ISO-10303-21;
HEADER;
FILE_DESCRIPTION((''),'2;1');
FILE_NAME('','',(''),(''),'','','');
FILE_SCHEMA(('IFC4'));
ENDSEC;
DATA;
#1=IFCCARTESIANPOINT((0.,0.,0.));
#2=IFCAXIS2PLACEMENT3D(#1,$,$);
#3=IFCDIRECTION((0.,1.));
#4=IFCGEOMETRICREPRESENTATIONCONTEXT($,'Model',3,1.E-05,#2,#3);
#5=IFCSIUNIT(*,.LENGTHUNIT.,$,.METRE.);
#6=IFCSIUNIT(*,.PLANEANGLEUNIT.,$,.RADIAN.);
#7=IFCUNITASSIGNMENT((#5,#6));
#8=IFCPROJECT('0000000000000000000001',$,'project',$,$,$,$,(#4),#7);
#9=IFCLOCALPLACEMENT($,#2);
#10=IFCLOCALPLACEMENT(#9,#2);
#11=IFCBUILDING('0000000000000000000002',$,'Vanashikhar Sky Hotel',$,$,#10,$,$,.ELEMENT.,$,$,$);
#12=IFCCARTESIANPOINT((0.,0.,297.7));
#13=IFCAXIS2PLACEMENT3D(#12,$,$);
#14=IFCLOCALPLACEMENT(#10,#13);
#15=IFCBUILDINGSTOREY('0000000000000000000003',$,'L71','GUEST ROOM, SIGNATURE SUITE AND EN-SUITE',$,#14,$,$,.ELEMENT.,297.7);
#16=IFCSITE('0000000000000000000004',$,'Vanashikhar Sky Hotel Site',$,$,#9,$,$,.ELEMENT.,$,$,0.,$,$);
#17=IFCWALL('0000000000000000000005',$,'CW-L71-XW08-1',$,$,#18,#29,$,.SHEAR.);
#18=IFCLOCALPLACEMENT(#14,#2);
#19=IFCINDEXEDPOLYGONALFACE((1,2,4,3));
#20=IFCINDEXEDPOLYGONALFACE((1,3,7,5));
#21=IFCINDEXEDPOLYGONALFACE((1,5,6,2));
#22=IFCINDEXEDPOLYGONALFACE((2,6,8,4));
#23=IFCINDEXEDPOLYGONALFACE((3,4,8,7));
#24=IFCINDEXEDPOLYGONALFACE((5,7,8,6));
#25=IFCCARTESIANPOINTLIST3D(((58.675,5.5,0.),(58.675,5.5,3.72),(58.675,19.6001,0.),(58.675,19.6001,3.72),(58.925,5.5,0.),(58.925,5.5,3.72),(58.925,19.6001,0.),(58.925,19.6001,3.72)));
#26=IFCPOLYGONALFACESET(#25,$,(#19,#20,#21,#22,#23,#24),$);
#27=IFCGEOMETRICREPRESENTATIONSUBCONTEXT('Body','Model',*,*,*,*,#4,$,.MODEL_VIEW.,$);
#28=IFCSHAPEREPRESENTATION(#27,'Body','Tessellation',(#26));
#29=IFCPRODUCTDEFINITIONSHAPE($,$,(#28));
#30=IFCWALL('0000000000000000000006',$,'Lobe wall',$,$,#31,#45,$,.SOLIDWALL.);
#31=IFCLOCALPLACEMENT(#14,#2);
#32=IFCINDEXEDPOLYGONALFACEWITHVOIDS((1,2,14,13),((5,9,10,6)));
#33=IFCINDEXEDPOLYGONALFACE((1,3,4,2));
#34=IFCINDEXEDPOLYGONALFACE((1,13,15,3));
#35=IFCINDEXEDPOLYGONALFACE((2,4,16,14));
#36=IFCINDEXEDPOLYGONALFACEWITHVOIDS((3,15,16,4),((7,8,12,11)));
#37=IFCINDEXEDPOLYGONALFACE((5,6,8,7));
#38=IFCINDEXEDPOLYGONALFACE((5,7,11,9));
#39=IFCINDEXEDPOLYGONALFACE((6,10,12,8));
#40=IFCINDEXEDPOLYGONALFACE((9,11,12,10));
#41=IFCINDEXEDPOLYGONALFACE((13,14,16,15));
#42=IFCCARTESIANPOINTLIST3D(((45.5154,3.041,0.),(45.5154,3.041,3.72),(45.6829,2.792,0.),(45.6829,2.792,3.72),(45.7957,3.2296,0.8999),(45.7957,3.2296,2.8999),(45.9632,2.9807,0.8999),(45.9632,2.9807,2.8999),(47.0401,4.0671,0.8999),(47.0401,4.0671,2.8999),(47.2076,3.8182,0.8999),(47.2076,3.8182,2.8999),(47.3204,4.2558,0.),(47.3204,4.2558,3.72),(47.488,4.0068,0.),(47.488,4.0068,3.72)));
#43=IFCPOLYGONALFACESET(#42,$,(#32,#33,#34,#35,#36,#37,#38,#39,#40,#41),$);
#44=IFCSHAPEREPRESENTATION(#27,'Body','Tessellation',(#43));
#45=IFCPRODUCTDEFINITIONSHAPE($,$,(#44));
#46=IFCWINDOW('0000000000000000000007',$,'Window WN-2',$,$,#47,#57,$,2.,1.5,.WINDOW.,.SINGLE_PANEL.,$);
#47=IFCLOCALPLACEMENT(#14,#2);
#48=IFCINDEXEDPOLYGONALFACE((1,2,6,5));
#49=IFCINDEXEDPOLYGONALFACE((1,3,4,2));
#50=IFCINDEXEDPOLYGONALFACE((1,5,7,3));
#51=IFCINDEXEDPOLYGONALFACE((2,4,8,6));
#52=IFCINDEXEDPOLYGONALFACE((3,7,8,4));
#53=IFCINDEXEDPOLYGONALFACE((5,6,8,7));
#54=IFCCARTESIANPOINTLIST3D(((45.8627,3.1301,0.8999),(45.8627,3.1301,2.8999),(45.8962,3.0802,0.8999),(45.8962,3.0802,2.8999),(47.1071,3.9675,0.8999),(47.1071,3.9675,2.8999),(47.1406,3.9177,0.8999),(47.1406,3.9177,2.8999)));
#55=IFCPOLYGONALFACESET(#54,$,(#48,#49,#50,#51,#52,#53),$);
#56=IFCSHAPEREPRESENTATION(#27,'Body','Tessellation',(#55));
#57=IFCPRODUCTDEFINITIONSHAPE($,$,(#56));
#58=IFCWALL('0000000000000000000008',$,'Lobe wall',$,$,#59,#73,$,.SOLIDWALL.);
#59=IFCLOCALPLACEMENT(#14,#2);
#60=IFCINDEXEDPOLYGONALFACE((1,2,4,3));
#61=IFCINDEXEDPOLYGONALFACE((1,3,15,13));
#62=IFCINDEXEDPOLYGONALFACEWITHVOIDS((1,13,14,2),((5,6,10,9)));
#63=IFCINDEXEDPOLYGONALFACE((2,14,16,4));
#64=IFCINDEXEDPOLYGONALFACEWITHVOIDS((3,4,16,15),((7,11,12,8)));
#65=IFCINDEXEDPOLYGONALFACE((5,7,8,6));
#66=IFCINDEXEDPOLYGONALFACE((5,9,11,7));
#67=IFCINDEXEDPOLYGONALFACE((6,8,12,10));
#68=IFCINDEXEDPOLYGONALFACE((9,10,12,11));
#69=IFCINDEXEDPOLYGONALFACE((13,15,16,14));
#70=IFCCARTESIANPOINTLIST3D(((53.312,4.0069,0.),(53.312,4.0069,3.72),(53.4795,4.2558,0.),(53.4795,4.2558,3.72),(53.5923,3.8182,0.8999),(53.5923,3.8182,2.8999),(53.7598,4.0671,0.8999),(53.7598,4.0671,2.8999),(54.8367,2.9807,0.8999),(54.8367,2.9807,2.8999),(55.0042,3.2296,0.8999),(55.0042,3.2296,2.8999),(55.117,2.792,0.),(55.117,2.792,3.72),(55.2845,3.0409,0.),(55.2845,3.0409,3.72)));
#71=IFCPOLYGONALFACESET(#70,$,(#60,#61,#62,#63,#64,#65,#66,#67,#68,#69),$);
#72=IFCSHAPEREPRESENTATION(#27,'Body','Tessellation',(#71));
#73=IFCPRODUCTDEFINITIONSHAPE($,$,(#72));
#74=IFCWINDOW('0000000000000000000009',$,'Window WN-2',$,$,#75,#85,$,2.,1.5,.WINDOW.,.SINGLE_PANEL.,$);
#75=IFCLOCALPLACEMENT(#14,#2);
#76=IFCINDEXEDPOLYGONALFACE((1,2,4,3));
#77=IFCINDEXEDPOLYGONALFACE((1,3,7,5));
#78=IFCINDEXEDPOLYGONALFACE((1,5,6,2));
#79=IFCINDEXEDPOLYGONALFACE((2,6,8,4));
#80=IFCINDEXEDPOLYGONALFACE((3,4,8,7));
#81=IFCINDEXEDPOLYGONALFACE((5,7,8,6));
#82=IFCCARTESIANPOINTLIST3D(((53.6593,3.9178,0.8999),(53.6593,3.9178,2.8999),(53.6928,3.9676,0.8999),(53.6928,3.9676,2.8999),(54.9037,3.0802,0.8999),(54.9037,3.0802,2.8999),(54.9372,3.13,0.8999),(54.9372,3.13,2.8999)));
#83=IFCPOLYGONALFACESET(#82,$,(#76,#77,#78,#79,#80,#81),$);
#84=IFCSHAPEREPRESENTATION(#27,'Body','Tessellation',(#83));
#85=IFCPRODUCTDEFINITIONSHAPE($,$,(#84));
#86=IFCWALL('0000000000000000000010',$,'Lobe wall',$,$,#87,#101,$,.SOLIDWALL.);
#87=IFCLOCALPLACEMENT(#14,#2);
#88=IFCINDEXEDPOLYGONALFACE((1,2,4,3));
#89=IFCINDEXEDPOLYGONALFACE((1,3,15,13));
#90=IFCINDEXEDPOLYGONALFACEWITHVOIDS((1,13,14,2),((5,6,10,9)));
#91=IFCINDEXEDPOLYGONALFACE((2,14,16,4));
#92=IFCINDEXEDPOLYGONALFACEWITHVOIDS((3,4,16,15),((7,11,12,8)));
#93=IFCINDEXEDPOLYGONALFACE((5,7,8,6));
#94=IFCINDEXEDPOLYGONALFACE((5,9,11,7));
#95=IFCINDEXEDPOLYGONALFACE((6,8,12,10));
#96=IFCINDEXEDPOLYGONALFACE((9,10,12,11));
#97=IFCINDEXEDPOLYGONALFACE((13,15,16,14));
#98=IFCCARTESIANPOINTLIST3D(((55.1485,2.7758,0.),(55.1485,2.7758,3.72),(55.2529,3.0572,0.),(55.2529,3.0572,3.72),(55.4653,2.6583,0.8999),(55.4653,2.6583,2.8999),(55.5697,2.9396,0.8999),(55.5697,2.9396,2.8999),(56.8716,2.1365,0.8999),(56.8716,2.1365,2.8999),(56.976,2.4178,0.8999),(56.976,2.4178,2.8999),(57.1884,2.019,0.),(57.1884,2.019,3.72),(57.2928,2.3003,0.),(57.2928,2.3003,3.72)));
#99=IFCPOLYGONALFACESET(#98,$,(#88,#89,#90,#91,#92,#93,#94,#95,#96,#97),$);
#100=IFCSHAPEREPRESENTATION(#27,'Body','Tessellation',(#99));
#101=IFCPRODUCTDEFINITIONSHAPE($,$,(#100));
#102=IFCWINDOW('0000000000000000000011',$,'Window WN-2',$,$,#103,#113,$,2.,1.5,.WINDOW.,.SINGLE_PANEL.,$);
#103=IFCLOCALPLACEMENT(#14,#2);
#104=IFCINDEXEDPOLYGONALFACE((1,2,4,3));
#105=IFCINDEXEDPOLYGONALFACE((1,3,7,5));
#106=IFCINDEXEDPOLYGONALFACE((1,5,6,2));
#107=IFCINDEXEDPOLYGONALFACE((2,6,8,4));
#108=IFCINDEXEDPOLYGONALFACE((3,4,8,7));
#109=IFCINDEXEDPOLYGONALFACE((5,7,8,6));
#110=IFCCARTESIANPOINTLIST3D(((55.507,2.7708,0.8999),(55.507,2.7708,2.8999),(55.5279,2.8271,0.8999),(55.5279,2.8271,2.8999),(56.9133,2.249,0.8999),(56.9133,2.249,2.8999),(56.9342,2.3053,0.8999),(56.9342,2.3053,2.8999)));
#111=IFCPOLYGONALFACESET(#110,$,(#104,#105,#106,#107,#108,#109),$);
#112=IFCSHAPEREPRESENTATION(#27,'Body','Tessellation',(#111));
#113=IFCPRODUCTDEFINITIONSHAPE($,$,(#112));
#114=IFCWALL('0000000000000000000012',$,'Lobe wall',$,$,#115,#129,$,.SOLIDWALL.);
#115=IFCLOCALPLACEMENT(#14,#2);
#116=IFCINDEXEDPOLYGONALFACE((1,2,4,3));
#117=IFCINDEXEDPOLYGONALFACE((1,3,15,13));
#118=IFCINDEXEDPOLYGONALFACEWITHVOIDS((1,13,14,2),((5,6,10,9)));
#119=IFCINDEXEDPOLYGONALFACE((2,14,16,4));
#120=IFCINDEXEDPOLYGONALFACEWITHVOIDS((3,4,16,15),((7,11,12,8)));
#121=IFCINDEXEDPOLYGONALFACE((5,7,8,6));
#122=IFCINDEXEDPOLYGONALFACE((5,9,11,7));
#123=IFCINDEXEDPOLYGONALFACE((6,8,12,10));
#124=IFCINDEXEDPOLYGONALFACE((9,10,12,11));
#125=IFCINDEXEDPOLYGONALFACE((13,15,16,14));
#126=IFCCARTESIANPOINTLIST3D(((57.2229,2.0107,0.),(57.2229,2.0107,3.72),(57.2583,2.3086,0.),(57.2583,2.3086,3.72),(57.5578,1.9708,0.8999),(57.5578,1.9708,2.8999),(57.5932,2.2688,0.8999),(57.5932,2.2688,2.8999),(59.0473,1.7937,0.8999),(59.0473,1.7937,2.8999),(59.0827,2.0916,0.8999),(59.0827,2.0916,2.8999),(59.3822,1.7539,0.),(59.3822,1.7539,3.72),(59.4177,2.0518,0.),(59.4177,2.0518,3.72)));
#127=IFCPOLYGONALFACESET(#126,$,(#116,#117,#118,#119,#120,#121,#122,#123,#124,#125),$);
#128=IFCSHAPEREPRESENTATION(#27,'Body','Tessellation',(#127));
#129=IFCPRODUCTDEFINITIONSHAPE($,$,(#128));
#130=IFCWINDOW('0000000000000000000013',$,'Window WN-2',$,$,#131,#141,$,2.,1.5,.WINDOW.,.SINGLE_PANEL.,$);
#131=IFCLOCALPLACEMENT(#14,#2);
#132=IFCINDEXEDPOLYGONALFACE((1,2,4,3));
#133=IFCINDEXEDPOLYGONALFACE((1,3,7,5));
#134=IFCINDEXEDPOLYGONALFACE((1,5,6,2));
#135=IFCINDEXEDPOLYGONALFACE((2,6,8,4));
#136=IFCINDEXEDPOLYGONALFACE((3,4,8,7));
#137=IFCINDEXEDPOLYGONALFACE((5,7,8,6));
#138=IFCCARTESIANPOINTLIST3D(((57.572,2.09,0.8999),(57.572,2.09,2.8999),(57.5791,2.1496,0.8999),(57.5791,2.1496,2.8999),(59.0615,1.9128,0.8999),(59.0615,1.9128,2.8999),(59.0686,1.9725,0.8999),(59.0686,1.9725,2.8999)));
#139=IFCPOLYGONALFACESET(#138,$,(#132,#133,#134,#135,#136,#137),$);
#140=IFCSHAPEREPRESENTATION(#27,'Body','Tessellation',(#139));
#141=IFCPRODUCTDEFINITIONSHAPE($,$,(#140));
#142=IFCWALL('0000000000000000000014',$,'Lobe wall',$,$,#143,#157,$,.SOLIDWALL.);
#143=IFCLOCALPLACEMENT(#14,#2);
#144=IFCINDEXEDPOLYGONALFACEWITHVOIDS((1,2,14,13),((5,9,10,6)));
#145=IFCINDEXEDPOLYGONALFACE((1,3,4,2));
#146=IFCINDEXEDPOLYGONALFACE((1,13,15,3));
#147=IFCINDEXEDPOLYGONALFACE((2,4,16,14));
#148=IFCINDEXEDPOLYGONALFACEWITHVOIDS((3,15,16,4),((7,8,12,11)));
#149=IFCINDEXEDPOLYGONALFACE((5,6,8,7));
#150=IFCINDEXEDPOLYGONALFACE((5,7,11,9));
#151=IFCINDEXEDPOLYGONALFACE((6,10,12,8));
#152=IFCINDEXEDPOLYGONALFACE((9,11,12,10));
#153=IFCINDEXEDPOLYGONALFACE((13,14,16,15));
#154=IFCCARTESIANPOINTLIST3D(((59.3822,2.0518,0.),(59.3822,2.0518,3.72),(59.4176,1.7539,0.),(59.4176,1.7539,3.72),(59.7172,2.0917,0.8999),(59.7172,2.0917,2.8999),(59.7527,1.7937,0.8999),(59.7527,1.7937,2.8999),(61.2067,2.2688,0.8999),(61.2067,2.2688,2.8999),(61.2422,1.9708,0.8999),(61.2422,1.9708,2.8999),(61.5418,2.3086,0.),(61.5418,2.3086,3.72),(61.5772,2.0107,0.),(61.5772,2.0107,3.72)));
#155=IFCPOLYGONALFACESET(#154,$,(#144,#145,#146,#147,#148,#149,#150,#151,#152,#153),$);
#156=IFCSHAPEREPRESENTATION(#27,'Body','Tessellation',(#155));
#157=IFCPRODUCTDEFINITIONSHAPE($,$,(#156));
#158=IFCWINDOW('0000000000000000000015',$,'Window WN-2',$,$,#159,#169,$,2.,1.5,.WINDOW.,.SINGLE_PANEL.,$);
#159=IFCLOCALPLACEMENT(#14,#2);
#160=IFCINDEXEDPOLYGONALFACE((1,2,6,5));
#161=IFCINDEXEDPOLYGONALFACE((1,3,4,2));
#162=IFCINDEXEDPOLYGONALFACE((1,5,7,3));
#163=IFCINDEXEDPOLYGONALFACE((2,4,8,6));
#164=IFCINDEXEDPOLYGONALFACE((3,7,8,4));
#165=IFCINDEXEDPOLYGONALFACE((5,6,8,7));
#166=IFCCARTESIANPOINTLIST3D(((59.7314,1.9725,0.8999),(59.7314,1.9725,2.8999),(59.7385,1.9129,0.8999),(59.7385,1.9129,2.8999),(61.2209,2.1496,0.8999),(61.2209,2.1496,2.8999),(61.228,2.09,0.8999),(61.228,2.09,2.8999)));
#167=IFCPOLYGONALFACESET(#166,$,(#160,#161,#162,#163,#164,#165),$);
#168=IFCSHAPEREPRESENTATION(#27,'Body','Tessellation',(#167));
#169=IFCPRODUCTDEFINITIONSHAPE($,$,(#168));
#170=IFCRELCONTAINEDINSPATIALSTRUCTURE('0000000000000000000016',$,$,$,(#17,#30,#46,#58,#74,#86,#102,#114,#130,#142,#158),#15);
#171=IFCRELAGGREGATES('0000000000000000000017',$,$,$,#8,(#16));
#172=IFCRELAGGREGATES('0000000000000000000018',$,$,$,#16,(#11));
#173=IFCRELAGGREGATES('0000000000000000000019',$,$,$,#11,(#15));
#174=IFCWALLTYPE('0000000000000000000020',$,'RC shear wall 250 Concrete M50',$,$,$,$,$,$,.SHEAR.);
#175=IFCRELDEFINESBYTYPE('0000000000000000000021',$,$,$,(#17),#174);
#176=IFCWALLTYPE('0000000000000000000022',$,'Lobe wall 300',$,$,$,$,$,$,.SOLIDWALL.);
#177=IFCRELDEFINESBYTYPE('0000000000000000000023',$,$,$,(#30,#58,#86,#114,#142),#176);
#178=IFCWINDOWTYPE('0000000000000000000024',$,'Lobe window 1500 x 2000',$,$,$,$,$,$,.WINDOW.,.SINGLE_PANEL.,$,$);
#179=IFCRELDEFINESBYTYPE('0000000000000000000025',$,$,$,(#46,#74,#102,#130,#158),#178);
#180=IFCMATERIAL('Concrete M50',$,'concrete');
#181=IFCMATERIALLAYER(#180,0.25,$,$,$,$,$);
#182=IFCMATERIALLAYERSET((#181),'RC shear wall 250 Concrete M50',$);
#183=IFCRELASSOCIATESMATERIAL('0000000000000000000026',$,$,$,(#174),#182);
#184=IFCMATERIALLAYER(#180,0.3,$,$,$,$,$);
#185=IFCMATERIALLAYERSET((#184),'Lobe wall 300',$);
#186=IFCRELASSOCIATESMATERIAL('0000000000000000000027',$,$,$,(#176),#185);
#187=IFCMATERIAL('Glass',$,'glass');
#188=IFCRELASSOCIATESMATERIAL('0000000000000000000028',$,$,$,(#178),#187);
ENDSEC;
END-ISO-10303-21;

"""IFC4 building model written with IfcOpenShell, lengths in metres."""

from ifc_helpers import new_model, si_unit, direction, frame, frame_2d, origin, place, context, subcontext, project, spatial, rectangle, extrude, source, transform, mapped, material, layer, layer_set, type_object, element, fill, save


model = new_model("IFC4")

# Units and contexts
model_context = context("Model", 3, precision=1e-05, world=origin(), true_north=direction((0.0, 1.0)))
body_context = subcontext(model_context, "Body", "Model", "MODEL_VIEW")
ifc_project = project(units=[si_unit("LENGTHUNIT", "METRE"), si_unit("PLANEANGLEUNIT", "RADIAN")], contexts=[model_context])

# Site, building, storey
site_placement = place(None, origin())
site = spatial("IfcSite", under=ifc_project, at=site_placement, Name="Vanashikhar Sky Hotel Site", CompositionType="ELEMENT", RefElevation=0.0)
building_placement = place(site_placement, origin())
building = spatial("IfcBuilding", under=site, at=building_placement, Name="Vanashikhar Sky Hotel", CompositionType="ELEMENT")
storey_placement = place(building_placement, frame((0.0, 0.0, 297.7)))
storey = spatial("IfcBuildingStorey", under=building, at=storey_placement, Name="L71", Description="GUEST ROOM, SIGNATURE SUITE AND EN-SUITE", CompositionType="ELEMENT", Elevation=297.7)

# Wall
ifc_material_1 = material(Name="Concrete M50", Category="concrete")
ifc_layer_1 = layer(ifc_material_1, 0.25)
ifc_layer_set_1 = layer_set([ifc_layer_1], Name="RC shear wall 250 Concrete M50")
wall_type_1 = type_object("IfcWallType", Name="RC shear wall 250 Concrete M50", PredefinedType="SHEAR", material=ifc_layer_set_1)
shared_shape_1 = source(origin(), body_context, "Body", "SweptSolid", [
    extrude(rectangle(XDim=14.1001, YDim=0.25, at=frame_2d((7.05, 0.0))), origin(), (0.0, 0.0, 1.0), 3.72),
])
wall_1_placement = place(storey_placement, frame((58.8, 5.5, 0.0), z_axis=(0.0, 0.0, 1.0), x_axis=(0.0, 1.0, 0.0)))
element("IfcWall", 1, at=wall_1_placement, inside=storey, type_object=wall_type_1, Name="CW-L71-XW08-1", PredefinedType="SHEAR", context=body_context, shape_type="MappedRepresentation", body=[
    mapped(shared_shape_1, transform((0.0, 0.0, 0.0), scale=1.0)),
])

# Walls, openings, windows
ifc_layer_2 = layer(ifc_material_1, 0.3)
ifc_layer_set_2 = layer_set([ifc_layer_2], Name="Lobe wall 300")
wall_type_2 = type_object("IfcWallType", Name="Lobe wall 300", PredefinedType="SOLIDWALL", material=ifc_layer_set_2)
shared_shape_2 = source(origin(), body_context, "Body", "SweptSolid", [
    extrude(rectangle(XDim=2.1758, YDim=0.3, at=frame_2d((1.0879, 0.0))), origin(), (0.0, 0.0, 1.0), 3.72),
])
wall_2_placement = place(storey_placement, frame((45.5991, 2.9165, 0.0), z_axis=(0.0, 0.0, 1.0), x_axis=(0.829626, 0.55832, 0.0)))
wall_2 = element("IfcWall", 2, at=wall_2_placement, inside=storey, type_object=wall_type_2, Name="Lobe wall", PredefinedType="SOLIDWALL", context=body_context, shape_type="MappedRepresentation", body=[
    mapped(shared_shape_2, transform((0.0, 0.0, 0.0), scale=1.0)),
])
shared_shape_3 = source(origin(), body_context, "Body", "SweptSolid", [
    extrude(rectangle(XDim=1.5, YDim=2.0, at=frame_2d((0.75, 1.0))), frame((0.0, 0.1602, 0.0), z_axis=(0.0, -1.0, 0.0), x_axis=(1.0, 0.0, 0.0)), (0.0, 0.0, 1.0), 0.3201),
])
opening_1_placement = place(wall_2_placement, frame((0.3379, 0.0, 0.8999)))
opening_1 = element("IfcOpeningElement", 3, at=opening_1_placement, cuts=wall_2, PredefinedType="OPENING", context=body_context, shape_type="MappedRepresentation", body=[
    mapped(shared_shape_3, transform((0.0, 0.0, 0.0), scale=1.0)),
])
ifc_material_2 = material(Name="Glass", Category="glass")
window_type = type_object("IfcWindowType", Name="Lobe window 1500 x 2000", PartitioningType="SINGLE_PANEL", PredefinedType="WINDOW", material=ifc_material_2)
shared_shape_4 = source(origin(), body_context, "Body", "SweptSolid", [
    extrude(rectangle(XDim=1.5, YDim=2.0, at=frame_2d((0.75, 1.0))), frame((0.0, 0.03, 0.0), z_axis=(0.0, -1.0, 0.0), x_axis=(1.0, 0.0, 0.0)), (0.0, 0.0, 1.0), 0.0601),
])
window_1_placement = place(opening_1_placement, origin())
window_1 = element("IfcWindow", 4, at=window_1_placement, inside=storey, type_object=window_type, Name="Window WN-2", OverallHeight=2.0, OverallWidth=1.5, PartitioningType="SINGLE_PANEL", PredefinedType="WINDOW", context=body_context, shape_type="MappedRepresentation", body=[
    mapped(shared_shape_4, transform((0.0, 0.0, 0.0), scale=1.0)),
])
fill(opening_1, window_1)
wall_3_placement = place(storey_placement, frame((53.3958, 4.1313, 0.0), z_axis=(0.0, 0.0, 1.0), x_axis=(0.829591, -0.558372, 0.0)))
wall_3 = element("IfcWall", 5, at=wall_3_placement, inside=storey, type_object=wall_type_2, Name="Lobe wall", PredefinedType="SOLIDWALL", context=body_context, shape_type="MappedRepresentation", body=[
    mapped(shared_shape_2, transform((0.0, 0.0, 0.0), scale=1.0)),
])
opening_2_placement = place(wall_3_placement, frame((0.3379, 0.0, 0.8999)))
opening_2 = element("IfcOpeningElement", 6, at=opening_2_placement, cuts=wall_3, PredefinedType="OPENING", context=body_context, shape_type="MappedRepresentation", body=[
    mapped(shared_shape_3, transform((0.0, 0.0, 0.0), scale=1.0)),
])
window_2_placement = place(opening_2_placement, origin())
window_2 = element("IfcWindow", 7, at=window_2_placement, inside=storey, type_object=window_type, Name="Window WN-2", OverallHeight=2.0, OverallWidth=1.5, PartitioningType="SINGLE_PANEL", PredefinedType="WINDOW", context=body_context, shape_type="MappedRepresentation", body=[
    mapped(shared_shape_4, transform((0.0, 0.0, 0.0), scale=1.0)),
])
fill(opening_2, window_2)
wall_4_placement = place(storey_placement, frame((55.2007, 2.9165, 0.0), z_axis=(0.0, 0.0, 1.0), x_axis=(0.937546, -0.347863, 0.0)))
wall_4 = element("IfcWall", 8, at=wall_4_placement, inside=storey, type_object=wall_type_2, Name="Lobe wall", PredefinedType="SOLIDWALL", context=body_context, shape_type="MappedRepresentation", body=[
    mapped(shared_shape_2, transform((0.0, 0.0, 0.0), scale=1.0)),
])
opening_3_placement = place(wall_4_placement, frame((0.3379, 0.0, 0.8999)))
opening_3 = element("IfcOpeningElement", 9, at=opening_3_placement, cuts=wall_4, PredefinedType="OPENING", context=body_context, shape_type="MappedRepresentation", body=[
    mapped(shared_shape_3, transform((0.0, 0.0, 0.0), scale=1.0)),
])
window_3_placement = place(opening_3_placement, origin())
window_3 = element("IfcWindow", 10, at=window_3_placement, inside=storey, type_object=window_type, Name="Window WN-2", OverallHeight=2.0, OverallWidth=1.5, PartitioningType="SINGLE_PANEL", PredefinedType="WINDOW", context=body_context, shape_type="MappedRepresentation", body=[
    mapped(shared_shape_4, transform((0.0, 0.0, 0.0), scale=1.0)),
])
fill(opening_3, window_3)
shared_shape_5 = source(origin(), body_context, "Body", "SweptSolid", [
    extrude(rectangle(XDim=2.1746, YDim=0.3, at=frame_2d((1.0874, 0.0))), origin(), (0.0, 0.0, 1.0), 3.72),
])
wall_5_placement = place(storey_placement, frame((57.2405, 2.1597, 0.0), z_axis=(0.0, 0.0, 1.0), x_axis=(0.993001, -0.118105, 0.0)))
wall_5 = element("IfcWall", 11, at=wall_5_placement, inside=storey, type_object=wall_type_2, Name="Lobe wall", PredefinedType="SOLIDWALL", context=body_context, shape_type="MappedRepresentation", body=[
    mapped(shared_shape_5, transform((0.0, 0.0, 0.0), scale=1.0)),
])
opening_4_placement = place(wall_5_placement, frame((0.3374, 0.0, 0.8999)))
opening_4 = element("IfcOpeningElement", 12, at=opening_4_placement, cuts=wall_5, PredefinedType="OPENING", context=body_context, shape_type="MappedRepresentation", body=[
    mapped(shared_shape_3, transform((0.0, 0.0, 0.0), scale=1.0)),
])
window_4_placement = place(opening_4_placement, origin())
window_4 = element("IfcWindow", 13, at=window_4_placement, inside=storey, type_object=window_type, Name="Window WN-2", OverallHeight=2.0, OverallWidth=1.5, PartitioningType="SINGLE_PANEL", PredefinedType="WINDOW", context=body_context, shape_type="MappedRepresentation", body=[
    mapped(shared_shape_4, transform((0.0, 0.0, 0.0), scale=1.0)),
])
fill(opening_4, window_4)
shared_shape_6 = source(origin(), body_context, "Body", "SweptSolid", [
    extrude(rectangle(XDim=2.1748, YDim=0.3, at=frame_2d((1.0874, 0.0))), origin(), (0.0, 0.0, 1.0), 3.72),
])
wall_6_placement = place(storey_placement, frame((59.3999, 1.9028, 0.0), z_axis=(0.0, 0.0, 1.0), x_axis=(0.993003, 0.118092, 0.0)))
wall_6 = element("IfcWall", 14, at=wall_6_placement, inside=storey, type_object=wall_type_2, Name="Lobe wall", PredefinedType="SOLIDWALL", context=body_context, shape_type="MappedRepresentation", body=[
    mapped(shared_shape_6, transform((0.0, 0.0, 0.0), scale=1.0)),
])
opening_5_placement = place(wall_6_placement, frame((0.3374, 0.0, 0.8999)))
opening_5 = element("IfcOpeningElement", 15, at=opening_5_placement, cuts=wall_6, PredefinedType="OPENING", context=body_context, shape_type="MappedRepresentation", body=[
    mapped(shared_shape_3, transform((0.0, 0.0, 0.0), scale=1.0)),
])
window_5_placement = place(opening_5_placement, origin())
window_5 = element("IfcWindow", 16, at=window_5_placement, inside=storey, type_object=window_type, Name="Window WN-2", OverallHeight=2.0, OverallWidth=1.5, PartitioningType="SINGLE_PANEL", PredefinedType="WINDOW", context=body_context, shape_type="MappedRepresentation", body=[
    mapped(shared_shape_4, transform((0.0, 0.0, 0.0), scale=1.0)),
])
fill(opening_5, window_5)

save(model, "model.ifc")
